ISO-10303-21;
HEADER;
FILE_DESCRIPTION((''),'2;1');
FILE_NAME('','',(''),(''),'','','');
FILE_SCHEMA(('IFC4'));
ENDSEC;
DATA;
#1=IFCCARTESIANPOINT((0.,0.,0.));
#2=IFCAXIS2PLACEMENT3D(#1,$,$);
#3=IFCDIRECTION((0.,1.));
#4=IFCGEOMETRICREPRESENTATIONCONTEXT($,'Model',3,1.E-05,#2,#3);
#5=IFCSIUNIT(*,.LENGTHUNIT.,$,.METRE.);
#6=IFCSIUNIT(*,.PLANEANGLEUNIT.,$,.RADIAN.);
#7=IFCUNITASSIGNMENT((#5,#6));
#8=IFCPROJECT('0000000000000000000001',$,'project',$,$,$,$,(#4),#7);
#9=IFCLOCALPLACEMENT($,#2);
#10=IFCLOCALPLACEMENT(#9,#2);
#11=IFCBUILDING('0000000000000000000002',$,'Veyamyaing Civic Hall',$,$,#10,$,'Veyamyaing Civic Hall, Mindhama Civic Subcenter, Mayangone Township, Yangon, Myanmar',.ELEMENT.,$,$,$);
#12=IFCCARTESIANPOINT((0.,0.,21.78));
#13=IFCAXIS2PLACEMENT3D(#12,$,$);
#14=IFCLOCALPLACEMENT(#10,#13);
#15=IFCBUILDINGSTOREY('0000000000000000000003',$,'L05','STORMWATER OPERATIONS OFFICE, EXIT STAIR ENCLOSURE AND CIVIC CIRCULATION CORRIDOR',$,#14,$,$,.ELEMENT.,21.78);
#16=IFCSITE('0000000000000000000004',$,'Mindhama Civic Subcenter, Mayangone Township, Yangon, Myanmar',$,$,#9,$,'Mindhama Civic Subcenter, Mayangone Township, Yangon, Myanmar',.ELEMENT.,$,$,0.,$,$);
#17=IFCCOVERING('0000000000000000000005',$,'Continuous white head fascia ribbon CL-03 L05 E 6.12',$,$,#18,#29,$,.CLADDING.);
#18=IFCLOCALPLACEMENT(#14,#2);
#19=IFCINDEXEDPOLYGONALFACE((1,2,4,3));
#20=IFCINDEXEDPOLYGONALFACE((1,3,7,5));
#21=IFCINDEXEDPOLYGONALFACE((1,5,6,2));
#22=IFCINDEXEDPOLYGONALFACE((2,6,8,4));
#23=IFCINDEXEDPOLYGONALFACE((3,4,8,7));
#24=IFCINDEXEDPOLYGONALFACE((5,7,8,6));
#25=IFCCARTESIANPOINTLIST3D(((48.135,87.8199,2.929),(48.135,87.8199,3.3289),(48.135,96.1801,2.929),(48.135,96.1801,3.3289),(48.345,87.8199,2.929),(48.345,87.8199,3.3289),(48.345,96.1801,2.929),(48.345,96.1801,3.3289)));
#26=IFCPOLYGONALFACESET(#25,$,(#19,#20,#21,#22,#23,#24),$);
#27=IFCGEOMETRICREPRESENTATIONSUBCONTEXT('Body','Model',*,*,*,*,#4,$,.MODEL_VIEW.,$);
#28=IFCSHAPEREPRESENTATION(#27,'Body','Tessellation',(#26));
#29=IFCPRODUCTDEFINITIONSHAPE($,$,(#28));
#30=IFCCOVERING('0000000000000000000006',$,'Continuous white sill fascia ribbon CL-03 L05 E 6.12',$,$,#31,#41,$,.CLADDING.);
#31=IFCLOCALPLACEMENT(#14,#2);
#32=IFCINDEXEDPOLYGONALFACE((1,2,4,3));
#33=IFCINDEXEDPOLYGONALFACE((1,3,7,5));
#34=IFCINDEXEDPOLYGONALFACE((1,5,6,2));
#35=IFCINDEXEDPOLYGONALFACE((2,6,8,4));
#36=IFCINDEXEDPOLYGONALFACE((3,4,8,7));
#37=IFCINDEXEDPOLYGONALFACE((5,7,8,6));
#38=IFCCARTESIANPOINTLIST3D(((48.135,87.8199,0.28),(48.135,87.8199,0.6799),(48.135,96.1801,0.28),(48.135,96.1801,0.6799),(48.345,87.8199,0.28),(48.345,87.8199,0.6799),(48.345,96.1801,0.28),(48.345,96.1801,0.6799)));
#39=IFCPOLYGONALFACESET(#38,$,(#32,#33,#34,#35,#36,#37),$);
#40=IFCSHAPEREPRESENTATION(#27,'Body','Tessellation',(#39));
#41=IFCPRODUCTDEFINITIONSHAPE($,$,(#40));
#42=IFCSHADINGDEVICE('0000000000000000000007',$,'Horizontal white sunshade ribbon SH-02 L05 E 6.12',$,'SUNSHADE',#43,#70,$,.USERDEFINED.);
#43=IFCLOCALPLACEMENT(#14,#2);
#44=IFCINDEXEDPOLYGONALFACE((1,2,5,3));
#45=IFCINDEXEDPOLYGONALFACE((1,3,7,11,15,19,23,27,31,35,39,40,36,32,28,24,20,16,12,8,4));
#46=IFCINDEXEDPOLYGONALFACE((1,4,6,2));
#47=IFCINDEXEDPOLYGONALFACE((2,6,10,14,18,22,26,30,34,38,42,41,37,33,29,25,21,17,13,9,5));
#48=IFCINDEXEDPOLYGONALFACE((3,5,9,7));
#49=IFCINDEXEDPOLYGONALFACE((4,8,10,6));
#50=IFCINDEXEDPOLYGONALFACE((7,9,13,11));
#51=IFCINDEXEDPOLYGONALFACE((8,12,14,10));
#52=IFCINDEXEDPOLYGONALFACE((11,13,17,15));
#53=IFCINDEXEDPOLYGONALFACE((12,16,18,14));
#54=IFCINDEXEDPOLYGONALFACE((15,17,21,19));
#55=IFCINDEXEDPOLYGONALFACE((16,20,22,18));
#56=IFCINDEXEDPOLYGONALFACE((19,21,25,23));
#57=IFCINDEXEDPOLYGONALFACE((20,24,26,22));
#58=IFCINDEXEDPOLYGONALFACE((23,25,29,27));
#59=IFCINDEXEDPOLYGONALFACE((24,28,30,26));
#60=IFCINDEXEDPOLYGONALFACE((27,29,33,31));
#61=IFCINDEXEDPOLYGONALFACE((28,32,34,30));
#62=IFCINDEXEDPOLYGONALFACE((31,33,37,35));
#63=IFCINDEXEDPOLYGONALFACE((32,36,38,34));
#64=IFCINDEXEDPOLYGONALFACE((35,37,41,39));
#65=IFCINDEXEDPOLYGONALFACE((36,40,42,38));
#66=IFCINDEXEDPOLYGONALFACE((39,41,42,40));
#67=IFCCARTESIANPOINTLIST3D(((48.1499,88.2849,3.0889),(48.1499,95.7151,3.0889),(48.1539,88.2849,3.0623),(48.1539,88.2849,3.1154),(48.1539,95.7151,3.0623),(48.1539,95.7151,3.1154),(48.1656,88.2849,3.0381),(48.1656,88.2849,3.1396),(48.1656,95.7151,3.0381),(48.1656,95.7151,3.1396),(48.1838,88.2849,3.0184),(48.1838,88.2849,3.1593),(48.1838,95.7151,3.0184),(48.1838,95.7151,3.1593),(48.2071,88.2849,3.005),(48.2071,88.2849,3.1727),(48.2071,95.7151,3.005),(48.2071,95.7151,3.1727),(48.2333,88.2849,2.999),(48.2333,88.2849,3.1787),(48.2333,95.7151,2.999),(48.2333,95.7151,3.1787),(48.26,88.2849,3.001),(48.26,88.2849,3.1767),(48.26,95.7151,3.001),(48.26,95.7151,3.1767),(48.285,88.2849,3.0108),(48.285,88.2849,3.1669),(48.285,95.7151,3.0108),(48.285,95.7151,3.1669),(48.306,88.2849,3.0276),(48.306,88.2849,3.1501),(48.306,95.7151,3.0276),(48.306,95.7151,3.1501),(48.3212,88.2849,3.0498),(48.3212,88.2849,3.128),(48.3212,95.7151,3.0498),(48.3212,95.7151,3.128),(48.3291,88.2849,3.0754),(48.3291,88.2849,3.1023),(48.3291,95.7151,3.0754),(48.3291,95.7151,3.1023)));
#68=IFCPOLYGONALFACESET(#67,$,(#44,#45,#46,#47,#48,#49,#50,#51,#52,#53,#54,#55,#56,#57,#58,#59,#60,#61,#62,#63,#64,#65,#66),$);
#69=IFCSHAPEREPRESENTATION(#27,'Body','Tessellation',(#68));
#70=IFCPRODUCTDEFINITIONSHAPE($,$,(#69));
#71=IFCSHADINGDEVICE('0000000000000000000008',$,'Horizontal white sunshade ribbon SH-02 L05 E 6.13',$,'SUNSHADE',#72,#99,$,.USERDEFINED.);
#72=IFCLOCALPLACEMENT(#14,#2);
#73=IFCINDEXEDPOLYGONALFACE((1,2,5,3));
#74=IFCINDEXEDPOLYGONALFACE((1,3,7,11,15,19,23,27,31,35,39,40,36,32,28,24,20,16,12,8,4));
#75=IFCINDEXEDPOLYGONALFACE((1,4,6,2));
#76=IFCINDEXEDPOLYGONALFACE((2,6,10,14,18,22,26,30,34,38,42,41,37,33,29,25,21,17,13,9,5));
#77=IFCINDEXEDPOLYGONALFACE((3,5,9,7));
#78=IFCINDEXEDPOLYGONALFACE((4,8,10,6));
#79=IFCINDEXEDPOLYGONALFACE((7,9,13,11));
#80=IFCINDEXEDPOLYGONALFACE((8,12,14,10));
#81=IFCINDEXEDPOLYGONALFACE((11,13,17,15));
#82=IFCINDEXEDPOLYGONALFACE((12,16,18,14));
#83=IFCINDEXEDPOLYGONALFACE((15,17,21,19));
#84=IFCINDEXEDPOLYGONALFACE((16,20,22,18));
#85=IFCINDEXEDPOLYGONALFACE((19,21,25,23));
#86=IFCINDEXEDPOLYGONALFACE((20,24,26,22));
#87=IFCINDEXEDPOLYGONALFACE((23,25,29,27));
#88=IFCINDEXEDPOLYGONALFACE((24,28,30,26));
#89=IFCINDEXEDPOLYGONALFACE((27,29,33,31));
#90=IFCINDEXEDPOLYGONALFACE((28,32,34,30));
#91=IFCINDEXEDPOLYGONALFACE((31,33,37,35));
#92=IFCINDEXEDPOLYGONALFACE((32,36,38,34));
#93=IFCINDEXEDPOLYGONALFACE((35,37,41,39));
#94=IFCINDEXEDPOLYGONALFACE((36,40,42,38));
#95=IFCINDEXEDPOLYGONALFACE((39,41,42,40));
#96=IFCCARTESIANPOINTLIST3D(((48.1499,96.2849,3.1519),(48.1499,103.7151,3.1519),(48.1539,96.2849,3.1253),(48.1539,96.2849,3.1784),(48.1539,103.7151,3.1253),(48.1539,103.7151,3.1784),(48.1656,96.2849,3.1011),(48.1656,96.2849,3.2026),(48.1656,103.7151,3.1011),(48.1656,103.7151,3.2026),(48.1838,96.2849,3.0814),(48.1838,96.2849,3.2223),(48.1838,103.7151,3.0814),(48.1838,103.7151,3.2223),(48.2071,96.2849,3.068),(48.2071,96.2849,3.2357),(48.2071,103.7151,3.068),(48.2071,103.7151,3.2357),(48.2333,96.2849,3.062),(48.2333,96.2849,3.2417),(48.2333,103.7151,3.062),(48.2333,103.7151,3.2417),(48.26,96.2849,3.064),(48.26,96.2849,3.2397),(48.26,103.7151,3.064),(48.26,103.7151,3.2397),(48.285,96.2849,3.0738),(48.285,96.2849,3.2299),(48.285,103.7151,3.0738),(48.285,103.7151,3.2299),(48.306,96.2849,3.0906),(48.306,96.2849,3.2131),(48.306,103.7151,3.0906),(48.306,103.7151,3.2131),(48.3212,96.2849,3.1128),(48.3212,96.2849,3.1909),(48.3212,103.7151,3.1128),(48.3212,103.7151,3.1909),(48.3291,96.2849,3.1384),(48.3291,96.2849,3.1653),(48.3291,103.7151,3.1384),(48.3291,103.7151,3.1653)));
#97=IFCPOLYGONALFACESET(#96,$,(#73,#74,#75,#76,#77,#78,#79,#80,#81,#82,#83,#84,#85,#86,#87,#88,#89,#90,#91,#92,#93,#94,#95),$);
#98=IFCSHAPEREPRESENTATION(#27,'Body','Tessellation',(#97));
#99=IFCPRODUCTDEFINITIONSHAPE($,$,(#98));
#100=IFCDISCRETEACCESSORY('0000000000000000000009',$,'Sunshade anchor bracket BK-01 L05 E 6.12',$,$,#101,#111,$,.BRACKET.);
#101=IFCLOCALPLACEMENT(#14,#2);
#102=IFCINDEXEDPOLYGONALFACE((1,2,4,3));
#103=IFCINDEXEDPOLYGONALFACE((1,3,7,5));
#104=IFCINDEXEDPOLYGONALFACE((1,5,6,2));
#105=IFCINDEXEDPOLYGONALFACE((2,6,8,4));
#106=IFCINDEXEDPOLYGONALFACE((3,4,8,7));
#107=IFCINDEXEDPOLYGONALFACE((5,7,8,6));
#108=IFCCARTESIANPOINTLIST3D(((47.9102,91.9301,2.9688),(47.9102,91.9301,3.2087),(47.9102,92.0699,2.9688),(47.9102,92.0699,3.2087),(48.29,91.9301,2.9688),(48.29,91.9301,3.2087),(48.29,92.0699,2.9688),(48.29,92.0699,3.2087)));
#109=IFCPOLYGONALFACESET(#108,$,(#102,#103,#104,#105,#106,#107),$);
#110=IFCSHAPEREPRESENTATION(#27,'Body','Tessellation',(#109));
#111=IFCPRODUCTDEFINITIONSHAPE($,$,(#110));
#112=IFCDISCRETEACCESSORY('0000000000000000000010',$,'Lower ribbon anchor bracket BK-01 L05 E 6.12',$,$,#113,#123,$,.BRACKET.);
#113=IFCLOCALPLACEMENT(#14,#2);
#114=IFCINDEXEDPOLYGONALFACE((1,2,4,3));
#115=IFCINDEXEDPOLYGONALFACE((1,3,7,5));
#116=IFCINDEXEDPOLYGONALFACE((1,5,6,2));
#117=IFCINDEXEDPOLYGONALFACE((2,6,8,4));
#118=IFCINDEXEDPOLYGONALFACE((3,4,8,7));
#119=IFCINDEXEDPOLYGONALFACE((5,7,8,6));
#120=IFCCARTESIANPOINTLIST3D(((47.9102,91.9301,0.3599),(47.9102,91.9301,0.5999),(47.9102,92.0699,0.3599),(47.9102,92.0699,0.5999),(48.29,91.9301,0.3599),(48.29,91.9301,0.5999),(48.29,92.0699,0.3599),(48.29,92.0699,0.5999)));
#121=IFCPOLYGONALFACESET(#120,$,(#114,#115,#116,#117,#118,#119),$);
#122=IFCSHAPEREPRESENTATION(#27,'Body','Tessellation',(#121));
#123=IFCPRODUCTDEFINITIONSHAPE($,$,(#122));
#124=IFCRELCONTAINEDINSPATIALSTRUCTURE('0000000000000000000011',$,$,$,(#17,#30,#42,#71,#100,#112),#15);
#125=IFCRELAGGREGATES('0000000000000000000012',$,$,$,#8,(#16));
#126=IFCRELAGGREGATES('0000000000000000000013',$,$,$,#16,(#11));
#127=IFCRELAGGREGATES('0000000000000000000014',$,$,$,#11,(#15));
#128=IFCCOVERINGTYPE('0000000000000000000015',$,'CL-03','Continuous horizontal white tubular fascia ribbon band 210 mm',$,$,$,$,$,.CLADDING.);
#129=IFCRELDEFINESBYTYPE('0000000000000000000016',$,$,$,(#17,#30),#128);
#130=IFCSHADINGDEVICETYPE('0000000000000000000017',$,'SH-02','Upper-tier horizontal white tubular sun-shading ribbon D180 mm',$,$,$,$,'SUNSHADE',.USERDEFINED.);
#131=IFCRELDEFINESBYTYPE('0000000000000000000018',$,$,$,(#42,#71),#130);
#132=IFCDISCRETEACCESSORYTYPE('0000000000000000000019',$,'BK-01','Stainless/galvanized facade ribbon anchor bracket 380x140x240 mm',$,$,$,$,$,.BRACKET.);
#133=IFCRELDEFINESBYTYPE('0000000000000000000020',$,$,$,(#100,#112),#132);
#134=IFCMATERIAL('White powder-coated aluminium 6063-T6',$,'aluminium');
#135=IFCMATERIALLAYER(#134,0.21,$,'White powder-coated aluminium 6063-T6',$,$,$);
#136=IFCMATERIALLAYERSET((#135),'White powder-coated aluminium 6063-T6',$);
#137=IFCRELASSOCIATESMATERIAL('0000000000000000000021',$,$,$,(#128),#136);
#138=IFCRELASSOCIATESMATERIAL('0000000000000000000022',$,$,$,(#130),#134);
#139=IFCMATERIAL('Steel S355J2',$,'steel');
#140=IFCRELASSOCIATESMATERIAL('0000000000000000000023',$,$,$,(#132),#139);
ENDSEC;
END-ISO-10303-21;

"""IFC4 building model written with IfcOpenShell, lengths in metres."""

from ifc_helpers import new_model, si_unit, direction, frame, origin, origin_2d, place, context, subcontext, project, spatial, rectangle, circle, extrude, material, layer, layer_set, material_profile, profile_set, type_object, element, save


model = new_model("IFC4")

# Units and contexts
model_context = context("Model", 3, precision=1e-05, world=origin(), true_north=direction((0.0, 1.0)))
body_context = subcontext(model_context, "Body", "Model", "MODEL_VIEW")
ifc_project = project(units=[si_unit("LENGTHUNIT", "METRE"), si_unit("PLANEANGLEUNIT", "RADIAN")], contexts=[model_context])

# Site, building, storey
site_placement = place(None, origin())
site = spatial("IfcSite", under=ifc_project, at=site_placement, Name="Mindhama Civic Subcenter, Mayangone Township, Yangon, Myanmar", LongName="Mindhama Civic Subcenter, Mayangone Township, Yangon, Myanmar", CompositionType="ELEMENT", RefElevation=0.0)
building_placement = place(site_placement, origin())
building = spatial("IfcBuilding", under=site, at=building_placement, Name="Veyamyaing Civic Hall", LongName="Veyamyaing Civic Hall, Mindhama Civic Subcenter, Mayangone Township, Yangon, Myanmar", CompositionType="ELEMENT")
storey_placement = place(building_placement, frame((0.0, 0.0, 21.78)))
storey = spatial("IfcBuildingStorey", under=building, at=storey_placement, Name="L05", Description="STORMWATER OPERATIONS OFFICE, EXIT STAIR ENCLOSURE AND CIVIC CIRCULATION CORRIDOR", CompositionType="ELEMENT", Elevation=21.78)

# Coverings
ifc_material_1 = material(Name="White powder-coated aluminium 6063-T6", Category="aluminium")
ifc_layer_1 = layer(ifc_material_1, 0.21, Name="White powder-coated aluminium 6063-T6")
ifc_layer_set_1 = layer_set([ifc_layer_1], Name="White powder-coated aluminium 6063-T6")
covering_type_1 = type_object("IfcCoveringType", Name="CL-03", Description="Continuous horizontal white tubular fascia ribbon band 210 mm", PredefinedType="CLADDING", material=ifc_layer_set_1)
for number, where, z_axis, x_axis, name in (
    (1, (48.24, 92.0, 2.929), (0.0, 0.0, 1.0), (0.0, 1.0, 0.0), "Continuous white head fascia ribbon CL-03 L05 E 6.12"),
    (2, (48.24, 92.0, 0.28), (0.0, 0.0, 1.0), (0.0, 1.0, 0.0), "Continuous white sill fascia ribbon CL-03 L05 E 6.12"),
):
    element("IfcCovering", number, at=place(storey_placement, frame(where, z_axis=z_axis, x_axis=x_axis)), inside=storey, type_object=covering_type_1, Name=name, PredefinedType="CLADDING", context=body_context, shape_type="SweptSolid", body=[
        extrude(rectangle(XDim=8.3601, YDim=0.21, at=origin_2d()), origin(), (0.0, 0.0, 1.0), 0.3999),
    ])

# Shading devices
ifc_material_profile_1 = material_profile(ifc_material_1, circle(Radius=0.0901, at=origin_2d()), Name="SHADE-TUBE-180")
ifc_profile_set_1 = profile_set([ifc_material_profile_1], Name="White powder-coated aluminium 6063-T6")
shading_device_type = type_object("IfcShadingDeviceType", Name="SH-02", Description="Upper-tier horizontal white tubular sun-shading ribbon D180 mm", ElementType="SUNSHADE", PredefinedType="USERDEFINED", material=ifc_profile_set_1)
for number, where, z_axis, x_axis, name in (
    (3, (48.24, 88.2849, 3.0889), (0.0, 1.0, 0.0), (-1.0, 0.0, 0.0), "Horizontal white sunshade ribbon SH-02 L05 E 6.12"),
    (4, (48.24, 96.2849, 3.1519), (0.0, 1.0, 0.0), (-1.0, 0.0, 0.0), "Horizontal white sunshade ribbon SH-02 L05 E 6.13"),
):
    element("IfcShadingDevice", number, at=place(storey_placement, frame(where, z_axis=z_axis, x_axis=x_axis)), inside=storey, type_object=shading_device_type, Name=name, ObjectType="SUNSHADE", PredefinedType="USERDEFINED", context=body_context, shape_type="SweptSolid", body=[
        extrude(circle(Radius=0.0901, at=origin_2d()), origin(), (0.0, 0.0, 1.0), 7.4302),
    ])

# Discrete accessories
ifc_material_2 = material(Name="Steel S355J2", Category="steel")
discrete_accessory_type = type_object("IfcDiscreteAccessoryType", Name="BK-01", Description="Stainless/galvanized facade ribbon anchor bracket 380x140x240 mm", PredefinedType="BRACKET", material=ifc_material_2)
for number, where, z_axis, x_axis, name in (
    (5, (48.1001, 92.0, 2.9688), (0.0, 0.0, 1.0), (1.0, 0.0, 0.0), "Sunshade anchor bracket BK-01 L05 E 6.12"),
    (6, (48.1001, 92.0, 0.3599), (0.0, 0.0, 1.0), (1.0, 0.0, 0.0), "Lower ribbon anchor bracket BK-01 L05 E 6.12"),
):
    element("IfcDiscreteAccessory", number, at=place(storey_placement, frame(where, z_axis=z_axis, x_axis=x_axis)), inside=storey, type_object=discrete_accessory_type, Name=name, PredefinedType="BRACKET", context=body_context, shape_type="SweptSolid", body=[
        extrude(rectangle(XDim=0.3799, YDim=0.1399, at=origin_2d()), origin(), (0.0, 0.0, 1.0), 0.24),
    ])

save(model, "model.ifc")
